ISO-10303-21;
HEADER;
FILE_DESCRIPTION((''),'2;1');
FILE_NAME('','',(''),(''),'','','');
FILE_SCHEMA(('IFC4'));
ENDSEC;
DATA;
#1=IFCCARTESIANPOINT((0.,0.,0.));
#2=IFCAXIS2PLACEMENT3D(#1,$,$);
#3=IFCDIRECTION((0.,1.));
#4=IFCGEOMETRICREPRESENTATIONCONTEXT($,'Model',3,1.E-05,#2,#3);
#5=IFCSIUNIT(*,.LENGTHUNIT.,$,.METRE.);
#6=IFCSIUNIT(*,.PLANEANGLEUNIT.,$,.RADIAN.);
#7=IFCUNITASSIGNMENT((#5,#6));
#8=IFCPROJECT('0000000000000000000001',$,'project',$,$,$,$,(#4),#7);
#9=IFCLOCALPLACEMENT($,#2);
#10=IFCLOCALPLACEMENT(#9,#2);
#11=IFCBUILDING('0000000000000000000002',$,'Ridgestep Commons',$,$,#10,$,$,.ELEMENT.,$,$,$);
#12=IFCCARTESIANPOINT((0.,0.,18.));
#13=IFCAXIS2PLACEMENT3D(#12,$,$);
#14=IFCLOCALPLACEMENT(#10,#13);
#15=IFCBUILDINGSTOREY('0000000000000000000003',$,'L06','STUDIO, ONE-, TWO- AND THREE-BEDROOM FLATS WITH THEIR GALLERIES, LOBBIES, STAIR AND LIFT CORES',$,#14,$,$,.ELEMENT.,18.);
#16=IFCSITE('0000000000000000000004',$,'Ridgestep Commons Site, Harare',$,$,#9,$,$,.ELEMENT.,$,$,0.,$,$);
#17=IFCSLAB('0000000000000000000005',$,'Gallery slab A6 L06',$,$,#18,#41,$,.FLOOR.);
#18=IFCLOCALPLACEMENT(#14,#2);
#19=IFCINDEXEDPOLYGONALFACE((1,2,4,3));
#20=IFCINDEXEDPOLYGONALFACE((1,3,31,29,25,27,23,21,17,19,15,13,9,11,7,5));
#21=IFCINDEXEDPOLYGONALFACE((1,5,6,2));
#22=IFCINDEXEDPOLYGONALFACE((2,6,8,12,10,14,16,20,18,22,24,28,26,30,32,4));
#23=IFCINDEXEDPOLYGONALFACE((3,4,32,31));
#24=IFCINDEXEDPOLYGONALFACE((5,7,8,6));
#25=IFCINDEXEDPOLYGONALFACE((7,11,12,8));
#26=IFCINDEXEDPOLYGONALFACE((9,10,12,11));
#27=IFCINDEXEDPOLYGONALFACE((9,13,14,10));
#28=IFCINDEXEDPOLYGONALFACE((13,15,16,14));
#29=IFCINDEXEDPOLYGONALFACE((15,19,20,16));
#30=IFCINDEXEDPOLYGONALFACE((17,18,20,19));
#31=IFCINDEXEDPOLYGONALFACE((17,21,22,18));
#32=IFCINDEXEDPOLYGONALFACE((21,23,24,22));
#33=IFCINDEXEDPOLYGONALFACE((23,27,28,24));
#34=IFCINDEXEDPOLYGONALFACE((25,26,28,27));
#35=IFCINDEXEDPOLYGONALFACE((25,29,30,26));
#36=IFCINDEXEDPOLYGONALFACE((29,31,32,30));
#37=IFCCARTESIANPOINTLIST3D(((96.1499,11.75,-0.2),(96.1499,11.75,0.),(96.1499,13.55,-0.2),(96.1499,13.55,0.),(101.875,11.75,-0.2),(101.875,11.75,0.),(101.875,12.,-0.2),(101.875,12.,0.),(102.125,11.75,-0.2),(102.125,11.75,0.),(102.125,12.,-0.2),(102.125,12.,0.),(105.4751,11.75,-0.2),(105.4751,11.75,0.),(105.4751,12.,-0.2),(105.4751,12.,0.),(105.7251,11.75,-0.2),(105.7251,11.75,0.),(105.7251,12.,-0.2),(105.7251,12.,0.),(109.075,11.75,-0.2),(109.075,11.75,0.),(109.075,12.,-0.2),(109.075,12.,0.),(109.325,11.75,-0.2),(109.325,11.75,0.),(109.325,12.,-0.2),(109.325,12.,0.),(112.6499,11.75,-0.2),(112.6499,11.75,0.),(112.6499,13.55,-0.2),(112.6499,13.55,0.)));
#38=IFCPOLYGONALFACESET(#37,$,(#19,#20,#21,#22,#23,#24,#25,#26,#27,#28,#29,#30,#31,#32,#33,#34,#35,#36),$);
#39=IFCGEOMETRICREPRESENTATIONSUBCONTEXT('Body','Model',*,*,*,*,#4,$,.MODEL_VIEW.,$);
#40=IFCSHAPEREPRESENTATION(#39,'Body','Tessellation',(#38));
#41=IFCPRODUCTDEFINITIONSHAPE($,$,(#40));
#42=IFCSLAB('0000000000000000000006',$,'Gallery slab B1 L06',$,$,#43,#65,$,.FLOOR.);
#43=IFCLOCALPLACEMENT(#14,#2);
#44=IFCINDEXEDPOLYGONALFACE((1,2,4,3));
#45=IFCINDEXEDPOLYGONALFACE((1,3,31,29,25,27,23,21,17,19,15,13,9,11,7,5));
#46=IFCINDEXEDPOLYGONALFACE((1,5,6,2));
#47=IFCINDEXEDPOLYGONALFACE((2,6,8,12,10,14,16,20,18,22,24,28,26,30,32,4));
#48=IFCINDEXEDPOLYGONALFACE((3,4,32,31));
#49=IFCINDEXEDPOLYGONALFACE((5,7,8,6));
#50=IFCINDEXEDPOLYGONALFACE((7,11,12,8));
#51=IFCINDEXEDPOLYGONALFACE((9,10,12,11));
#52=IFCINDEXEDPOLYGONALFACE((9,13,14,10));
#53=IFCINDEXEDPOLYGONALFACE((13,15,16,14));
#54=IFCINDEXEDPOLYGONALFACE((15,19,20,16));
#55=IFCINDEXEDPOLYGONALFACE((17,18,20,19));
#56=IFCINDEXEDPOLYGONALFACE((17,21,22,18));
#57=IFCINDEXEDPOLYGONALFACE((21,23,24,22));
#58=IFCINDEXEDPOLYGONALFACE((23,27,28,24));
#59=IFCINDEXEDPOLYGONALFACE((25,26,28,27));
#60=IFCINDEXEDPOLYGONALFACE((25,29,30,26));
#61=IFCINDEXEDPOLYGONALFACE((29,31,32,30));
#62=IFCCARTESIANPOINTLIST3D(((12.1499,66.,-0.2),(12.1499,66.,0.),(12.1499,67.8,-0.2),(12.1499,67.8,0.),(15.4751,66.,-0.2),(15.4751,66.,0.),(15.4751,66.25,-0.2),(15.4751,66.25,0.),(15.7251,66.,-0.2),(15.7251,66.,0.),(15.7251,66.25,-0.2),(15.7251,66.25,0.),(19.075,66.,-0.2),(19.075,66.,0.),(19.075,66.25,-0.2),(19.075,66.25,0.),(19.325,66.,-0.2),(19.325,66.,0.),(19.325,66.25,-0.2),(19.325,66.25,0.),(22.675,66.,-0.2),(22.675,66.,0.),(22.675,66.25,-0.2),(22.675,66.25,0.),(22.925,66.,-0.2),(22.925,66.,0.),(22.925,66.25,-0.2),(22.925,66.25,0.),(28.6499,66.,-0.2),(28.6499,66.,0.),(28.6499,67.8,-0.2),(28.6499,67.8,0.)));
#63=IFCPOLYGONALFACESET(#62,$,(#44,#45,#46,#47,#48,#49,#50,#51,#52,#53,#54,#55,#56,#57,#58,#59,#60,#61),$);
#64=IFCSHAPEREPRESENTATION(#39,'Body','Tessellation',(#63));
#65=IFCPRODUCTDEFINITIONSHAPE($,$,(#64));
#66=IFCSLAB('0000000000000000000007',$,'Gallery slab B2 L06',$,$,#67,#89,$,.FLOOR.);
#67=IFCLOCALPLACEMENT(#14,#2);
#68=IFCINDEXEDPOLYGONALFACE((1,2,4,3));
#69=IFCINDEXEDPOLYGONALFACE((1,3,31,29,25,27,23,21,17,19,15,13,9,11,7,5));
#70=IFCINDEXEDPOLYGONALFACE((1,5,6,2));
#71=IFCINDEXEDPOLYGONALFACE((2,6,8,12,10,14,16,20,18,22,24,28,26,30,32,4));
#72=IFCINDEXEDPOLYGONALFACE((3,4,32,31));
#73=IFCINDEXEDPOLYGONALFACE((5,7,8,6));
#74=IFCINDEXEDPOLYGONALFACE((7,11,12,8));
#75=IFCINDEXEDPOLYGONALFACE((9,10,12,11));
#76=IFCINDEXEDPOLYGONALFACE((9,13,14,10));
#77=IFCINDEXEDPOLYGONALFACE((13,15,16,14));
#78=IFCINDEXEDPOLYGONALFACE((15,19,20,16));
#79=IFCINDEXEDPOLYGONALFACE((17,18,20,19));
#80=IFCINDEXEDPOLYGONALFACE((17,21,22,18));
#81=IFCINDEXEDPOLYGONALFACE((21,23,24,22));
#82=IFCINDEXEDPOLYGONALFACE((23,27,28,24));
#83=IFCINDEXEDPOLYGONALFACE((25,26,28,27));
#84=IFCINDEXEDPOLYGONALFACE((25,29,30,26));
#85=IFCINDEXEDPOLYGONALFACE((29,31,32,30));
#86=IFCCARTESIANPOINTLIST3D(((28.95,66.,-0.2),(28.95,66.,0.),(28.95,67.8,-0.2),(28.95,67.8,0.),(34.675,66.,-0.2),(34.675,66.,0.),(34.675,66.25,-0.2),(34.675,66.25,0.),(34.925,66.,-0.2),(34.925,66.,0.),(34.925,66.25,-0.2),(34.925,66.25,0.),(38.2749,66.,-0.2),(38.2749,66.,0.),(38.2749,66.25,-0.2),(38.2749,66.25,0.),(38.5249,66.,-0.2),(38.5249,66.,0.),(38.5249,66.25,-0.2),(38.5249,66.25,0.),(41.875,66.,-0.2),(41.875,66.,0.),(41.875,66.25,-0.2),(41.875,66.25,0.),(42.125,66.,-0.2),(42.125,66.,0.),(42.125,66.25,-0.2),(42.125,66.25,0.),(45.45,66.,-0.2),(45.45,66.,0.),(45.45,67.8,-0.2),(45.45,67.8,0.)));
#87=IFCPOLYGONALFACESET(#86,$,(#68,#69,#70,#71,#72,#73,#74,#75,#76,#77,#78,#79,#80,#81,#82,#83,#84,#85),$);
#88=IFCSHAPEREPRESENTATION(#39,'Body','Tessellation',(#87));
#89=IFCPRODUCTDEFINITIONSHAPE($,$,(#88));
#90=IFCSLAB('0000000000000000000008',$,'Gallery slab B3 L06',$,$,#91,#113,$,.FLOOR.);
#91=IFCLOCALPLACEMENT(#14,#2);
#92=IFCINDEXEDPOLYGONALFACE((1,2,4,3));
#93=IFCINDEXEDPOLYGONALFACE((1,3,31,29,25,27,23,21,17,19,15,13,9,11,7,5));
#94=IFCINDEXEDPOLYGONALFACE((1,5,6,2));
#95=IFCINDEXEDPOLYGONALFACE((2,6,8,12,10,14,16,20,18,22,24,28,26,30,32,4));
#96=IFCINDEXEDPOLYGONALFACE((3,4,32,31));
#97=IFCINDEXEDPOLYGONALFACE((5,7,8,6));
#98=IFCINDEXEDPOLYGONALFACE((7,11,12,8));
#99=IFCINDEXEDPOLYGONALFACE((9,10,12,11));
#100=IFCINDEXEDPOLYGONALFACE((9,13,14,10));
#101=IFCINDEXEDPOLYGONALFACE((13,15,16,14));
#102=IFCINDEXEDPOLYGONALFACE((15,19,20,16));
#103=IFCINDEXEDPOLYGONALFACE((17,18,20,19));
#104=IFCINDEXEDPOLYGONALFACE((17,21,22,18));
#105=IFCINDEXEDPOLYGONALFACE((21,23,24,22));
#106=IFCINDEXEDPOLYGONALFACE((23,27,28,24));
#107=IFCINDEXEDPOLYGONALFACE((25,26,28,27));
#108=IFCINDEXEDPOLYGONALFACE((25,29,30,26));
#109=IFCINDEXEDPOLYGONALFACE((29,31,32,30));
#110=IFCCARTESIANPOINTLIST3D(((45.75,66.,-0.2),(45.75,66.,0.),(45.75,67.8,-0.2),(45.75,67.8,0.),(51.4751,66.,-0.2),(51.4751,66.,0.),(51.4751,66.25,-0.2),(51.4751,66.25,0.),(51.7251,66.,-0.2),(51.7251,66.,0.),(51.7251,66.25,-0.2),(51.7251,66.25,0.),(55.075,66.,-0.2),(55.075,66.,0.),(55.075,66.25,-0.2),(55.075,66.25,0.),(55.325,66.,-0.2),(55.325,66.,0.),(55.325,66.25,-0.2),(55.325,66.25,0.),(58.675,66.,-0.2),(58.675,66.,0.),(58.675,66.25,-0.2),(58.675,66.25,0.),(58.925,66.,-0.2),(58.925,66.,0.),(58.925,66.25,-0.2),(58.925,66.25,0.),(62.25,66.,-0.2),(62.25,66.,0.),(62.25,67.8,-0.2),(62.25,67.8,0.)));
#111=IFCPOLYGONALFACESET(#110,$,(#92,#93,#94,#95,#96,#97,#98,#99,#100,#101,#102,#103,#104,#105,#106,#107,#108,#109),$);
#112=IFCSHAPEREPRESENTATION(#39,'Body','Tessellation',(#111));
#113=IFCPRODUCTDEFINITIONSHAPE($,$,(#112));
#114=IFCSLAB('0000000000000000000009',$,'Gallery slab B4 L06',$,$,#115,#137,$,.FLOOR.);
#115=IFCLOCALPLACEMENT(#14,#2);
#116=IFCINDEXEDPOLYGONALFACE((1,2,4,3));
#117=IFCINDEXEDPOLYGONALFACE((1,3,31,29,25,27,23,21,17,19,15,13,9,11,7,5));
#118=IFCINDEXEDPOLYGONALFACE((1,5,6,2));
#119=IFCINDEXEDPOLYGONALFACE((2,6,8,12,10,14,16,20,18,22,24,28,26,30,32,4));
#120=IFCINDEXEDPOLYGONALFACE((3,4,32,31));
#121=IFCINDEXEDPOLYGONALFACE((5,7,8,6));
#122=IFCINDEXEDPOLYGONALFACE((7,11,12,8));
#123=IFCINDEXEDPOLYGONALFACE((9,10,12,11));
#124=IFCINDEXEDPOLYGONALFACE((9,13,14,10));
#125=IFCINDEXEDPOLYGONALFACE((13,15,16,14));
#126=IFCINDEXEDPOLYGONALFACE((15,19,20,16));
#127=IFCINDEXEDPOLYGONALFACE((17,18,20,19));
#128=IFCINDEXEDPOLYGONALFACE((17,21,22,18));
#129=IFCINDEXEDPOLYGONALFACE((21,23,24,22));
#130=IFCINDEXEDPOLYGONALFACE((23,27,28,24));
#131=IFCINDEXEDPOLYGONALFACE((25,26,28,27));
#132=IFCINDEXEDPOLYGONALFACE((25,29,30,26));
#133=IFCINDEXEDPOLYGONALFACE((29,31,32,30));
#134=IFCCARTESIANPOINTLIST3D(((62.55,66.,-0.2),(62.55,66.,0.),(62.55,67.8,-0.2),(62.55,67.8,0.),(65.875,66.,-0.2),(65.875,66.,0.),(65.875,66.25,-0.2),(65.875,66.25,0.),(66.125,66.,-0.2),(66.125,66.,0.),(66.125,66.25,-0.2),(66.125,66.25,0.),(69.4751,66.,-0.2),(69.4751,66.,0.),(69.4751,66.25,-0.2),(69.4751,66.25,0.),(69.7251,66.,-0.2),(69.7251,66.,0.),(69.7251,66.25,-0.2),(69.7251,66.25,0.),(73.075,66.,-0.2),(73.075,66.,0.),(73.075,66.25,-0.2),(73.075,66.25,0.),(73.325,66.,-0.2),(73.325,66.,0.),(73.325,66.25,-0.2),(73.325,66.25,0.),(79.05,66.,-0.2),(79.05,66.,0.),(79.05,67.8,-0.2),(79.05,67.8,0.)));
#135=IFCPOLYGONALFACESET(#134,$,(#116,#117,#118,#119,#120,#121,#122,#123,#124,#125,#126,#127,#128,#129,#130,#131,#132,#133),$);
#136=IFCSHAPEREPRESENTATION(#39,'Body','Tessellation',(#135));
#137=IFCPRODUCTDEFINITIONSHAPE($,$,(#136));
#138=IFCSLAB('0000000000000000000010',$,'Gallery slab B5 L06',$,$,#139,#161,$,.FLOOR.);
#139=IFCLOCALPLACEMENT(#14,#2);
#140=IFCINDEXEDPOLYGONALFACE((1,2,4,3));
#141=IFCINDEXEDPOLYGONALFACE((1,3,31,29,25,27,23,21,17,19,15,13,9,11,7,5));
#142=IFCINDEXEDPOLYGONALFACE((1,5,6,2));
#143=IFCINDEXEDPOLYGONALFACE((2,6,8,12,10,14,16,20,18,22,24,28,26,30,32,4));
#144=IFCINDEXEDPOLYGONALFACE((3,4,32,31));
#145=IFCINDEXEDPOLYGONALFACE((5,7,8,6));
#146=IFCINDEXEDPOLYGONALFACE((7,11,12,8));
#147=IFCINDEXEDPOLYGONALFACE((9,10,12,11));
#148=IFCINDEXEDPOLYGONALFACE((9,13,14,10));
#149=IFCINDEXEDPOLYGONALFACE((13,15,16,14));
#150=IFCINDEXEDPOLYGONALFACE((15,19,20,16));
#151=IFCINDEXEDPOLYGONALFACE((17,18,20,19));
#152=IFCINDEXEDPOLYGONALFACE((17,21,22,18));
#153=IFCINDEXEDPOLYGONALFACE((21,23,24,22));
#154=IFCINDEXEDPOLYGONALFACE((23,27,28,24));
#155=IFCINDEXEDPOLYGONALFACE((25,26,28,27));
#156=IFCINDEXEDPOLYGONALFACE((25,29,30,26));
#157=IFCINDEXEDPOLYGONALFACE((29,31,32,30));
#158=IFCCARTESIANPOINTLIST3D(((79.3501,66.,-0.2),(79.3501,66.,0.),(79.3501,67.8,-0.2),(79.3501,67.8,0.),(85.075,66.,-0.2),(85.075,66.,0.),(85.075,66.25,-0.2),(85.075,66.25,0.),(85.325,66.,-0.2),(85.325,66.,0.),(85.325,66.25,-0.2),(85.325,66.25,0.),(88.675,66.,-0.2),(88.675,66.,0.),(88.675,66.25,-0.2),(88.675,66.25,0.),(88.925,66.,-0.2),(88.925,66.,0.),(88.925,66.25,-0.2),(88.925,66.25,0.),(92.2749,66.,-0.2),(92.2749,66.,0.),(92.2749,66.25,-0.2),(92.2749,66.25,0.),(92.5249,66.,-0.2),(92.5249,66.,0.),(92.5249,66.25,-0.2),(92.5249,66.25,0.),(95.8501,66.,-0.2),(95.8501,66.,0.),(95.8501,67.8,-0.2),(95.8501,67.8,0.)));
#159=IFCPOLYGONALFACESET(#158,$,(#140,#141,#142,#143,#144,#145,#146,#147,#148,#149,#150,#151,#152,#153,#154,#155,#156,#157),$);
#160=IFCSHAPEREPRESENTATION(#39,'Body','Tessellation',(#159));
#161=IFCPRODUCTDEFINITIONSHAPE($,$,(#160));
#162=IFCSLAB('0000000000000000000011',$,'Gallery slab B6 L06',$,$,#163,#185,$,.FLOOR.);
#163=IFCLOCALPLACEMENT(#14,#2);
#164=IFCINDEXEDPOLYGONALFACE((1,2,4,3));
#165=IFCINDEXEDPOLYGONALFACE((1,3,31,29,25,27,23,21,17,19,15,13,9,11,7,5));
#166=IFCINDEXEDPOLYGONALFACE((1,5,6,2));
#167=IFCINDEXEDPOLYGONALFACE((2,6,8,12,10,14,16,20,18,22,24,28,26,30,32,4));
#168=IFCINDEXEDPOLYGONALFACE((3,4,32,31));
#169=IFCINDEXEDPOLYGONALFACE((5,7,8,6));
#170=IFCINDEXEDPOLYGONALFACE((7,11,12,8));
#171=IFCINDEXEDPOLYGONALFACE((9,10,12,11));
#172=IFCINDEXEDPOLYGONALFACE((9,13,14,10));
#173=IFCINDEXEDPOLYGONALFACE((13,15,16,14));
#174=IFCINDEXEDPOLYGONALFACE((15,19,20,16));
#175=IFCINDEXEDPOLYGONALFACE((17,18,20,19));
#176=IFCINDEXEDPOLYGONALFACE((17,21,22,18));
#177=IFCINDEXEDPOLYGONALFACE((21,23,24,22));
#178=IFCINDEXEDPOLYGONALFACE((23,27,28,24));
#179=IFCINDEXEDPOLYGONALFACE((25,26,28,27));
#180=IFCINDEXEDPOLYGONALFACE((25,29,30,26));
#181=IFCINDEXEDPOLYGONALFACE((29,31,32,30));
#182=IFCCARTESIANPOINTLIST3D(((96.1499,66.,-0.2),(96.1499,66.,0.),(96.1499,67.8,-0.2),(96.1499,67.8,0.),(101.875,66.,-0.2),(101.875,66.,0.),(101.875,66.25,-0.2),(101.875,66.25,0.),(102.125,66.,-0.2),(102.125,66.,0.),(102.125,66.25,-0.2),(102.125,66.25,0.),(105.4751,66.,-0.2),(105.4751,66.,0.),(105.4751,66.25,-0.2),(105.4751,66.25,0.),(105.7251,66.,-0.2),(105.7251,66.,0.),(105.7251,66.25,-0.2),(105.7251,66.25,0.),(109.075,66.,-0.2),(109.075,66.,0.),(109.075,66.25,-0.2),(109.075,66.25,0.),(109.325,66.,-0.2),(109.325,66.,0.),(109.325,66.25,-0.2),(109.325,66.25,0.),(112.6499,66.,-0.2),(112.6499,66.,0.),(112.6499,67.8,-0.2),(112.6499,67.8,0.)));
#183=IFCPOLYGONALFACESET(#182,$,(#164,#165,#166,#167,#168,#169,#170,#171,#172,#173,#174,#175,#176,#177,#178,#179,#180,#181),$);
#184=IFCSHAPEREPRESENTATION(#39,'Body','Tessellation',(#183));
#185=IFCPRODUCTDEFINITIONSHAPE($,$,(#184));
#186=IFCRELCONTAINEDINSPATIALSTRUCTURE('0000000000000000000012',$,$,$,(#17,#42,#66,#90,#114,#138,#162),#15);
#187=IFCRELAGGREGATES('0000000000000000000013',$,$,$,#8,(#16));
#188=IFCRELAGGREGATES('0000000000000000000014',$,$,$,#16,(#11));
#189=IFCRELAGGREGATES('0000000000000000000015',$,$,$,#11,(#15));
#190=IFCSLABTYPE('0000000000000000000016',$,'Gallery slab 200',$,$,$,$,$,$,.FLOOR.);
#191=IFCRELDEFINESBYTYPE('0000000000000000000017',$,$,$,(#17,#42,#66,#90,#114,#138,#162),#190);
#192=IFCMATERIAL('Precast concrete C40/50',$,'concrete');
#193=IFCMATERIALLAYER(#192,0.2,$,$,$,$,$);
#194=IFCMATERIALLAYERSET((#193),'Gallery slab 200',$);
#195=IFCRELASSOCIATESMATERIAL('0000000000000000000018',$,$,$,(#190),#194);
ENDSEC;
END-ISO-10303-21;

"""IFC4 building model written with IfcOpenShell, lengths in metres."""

from ifc_helpers import new_model, si_unit, direction, frame, origin, place, context, subcontext, project, spatial, polyline, outline, extrude, material, layer, layer_set, type_object, element, save


model = new_model("IFC4")

# Units and contexts
model_context = context("Model", 3, precision=1e-05, world=origin(), true_north=direction((0.0, 1.0)))
body_context = subcontext(model_context, "Body", "Model", "MODEL_VIEW")
ifc_project = project(units=[si_unit("LENGTHUNIT", "METRE"), si_unit("PLANEANGLEUNIT", "RADIAN")], contexts=[model_context])

# Site, building, storey
site_placement = place(None, origin())
site = spatial("IfcSite", under=ifc_project, at=site_placement, Name="Ridgestep Commons Site, Harare", CompositionType="ELEMENT", RefElevation=0.0)
building_placement = place(site_placement, origin())
building = spatial("IfcBuilding", under=site, at=building_placement, Name="Ridgestep Commons", CompositionType="ELEMENT")
storey_placement = place(building_placement, frame((0.0, 0.0, 18.0)))
storey = spatial("IfcBuildingStorey", under=building, at=storey_placement, Name="L06", Description="STUDIO, ONE-, TWO- AND THREE-BEDROOM FLATS WITH THEIR GALLERIES, LOBBIES, STAIR AND LIFT CORES", CompositionType="ELEMENT", Elevation=18.0)

# Slabs
ifc_material_1 = material(Name="Precast concrete C40/50", Category="concrete")
ifc_layer_1 = layer(ifc_material_1, 0.2)
ifc_layer_set_1 = layer_set([ifc_layer_1], Name="Gallery slab 200")
slab_type_1 = type_object("IfcSlabType", Name="Gallery slab 200", PredefinedType="FLOOR", material=ifc_layer_set_1)
slab_1_placement = place(storey_placement, frame((0.0, 0.0, -0.2)))
element("IfcSlab", 1, at=slab_1_placement, inside=storey, type_object=slab_type_1, Name="Gallery slab A6 L06", PredefinedType="FLOOR", context=body_context, shape_type="SweptSolid", body=[
    extrude(outline(polyline([(112.6499, 13.55), (96.1499, 13.55), (96.1499, 11.75), (101.875, 11.75), (101.875, 12.0), (102.125, 12.0), (102.125, 11.75), (105.4751, 11.75), (105.4751, 12.0), (105.7251, 12.0), (105.7251, 11.75), (109.075, 11.75), (109.075, 12.0), (109.325, 12.0), (109.325, 11.75), (112.6499, 11.75), (112.6499, 13.55)])), origin(), (0.0, 0.0, 1.0), 0.2),
])
slab_2_placement = place(storey_placement, frame((0.0, 0.0, -0.2)))
element("IfcSlab", 2, at=slab_2_placement, inside=storey, type_object=slab_type_1, Name="Gallery slab B1 L06", PredefinedType="FLOOR", context=body_context, shape_type="SweptSolid", body=[
    extrude(outline(polyline([(28.6499, 67.8), (12.1499, 67.8), (12.1499, 66.0), (15.4751, 66.0), (15.4751, 66.25), (15.7251, 66.25), (15.7251, 66.0), (19.075, 66.0), (19.075, 66.25), (19.325, 66.25), (19.325, 66.0), (22.675, 66.0), (22.675, 66.25), (22.925, 66.25), (22.925, 66.0), (28.6499, 66.0), (28.6499, 67.8)])), origin(), (0.0, 0.0, 1.0), 0.2),
])
slab_3_placement = place(storey_placement, frame((0.0, 0.0, -0.2)))
element("IfcSlab", 3, at=slab_3_placement, inside=storey, type_object=slab_type_1, Name="Gallery slab B2 L06", PredefinedType="FLOOR", context=body_context, shape_type="SweptSolid", body=[
    extrude(outline(polyline([(45.45, 67.8), (28.95, 67.8), (28.95, 66.0), (34.675, 66.0), (34.675, 66.25), (34.925, 66.25), (34.925, 66.0), (38.2749, 66.0), (38.2749, 66.25), (38.5249, 66.25), (38.5249, 66.0), (41.875, 66.0), (41.875, 66.25), (42.125, 66.25), (42.125, 66.0), (45.45, 66.0), (45.45, 67.8)])), origin(), (0.0, 0.0, 1.0), 0.2),
])
slab_4_placement = place(storey_placement, frame((0.0, 0.0, -0.2)))
element("IfcSlab", 4, at=slab_4_placement, inside=storey, type_object=slab_type_1, Name="Gallery slab B3 L06", PredefinedType="FLOOR", context=body_context, shape_type="SweptSolid", body=[
    extrude(outline(polyline([(62.25, 67.8), (45.75, 67.8), (45.75, 66.0), (51.4751, 66.0), (51.4751, 66.25), (51.7251, 66.25), (51.7251, 66.0), (55.075, 66.0), (55.075, 66.25), (55.325, 66.25), (55.325, 66.0), (58.675, 66.0), (58.675, 66.25), (58.925, 66.25), (58.925, 66.0), (62.25, 66.0), (62.25, 67.8)])), origin(), (0.0, 0.0, 1.0), 0.2),
])
slab_5_placement = place(storey_placement, frame((0.0, 0.0, -0.2)))
element("IfcSlab", 5, at=slab_5_placement, inside=storey, type_object=slab_type_1, Name="Gallery slab B4 L06", PredefinedType="FLOOR", context=body_context, shape_type="SweptSolid", body=[
    extrude(outline(polyline([(79.05, 67.8), (62.55, 67.8), (62.55, 66.0), (65.875, 66.0), (65.875, 66.25), (66.125, 66.25), (66.125, 66.0), (69.4751, 66.0), (69.4751, 66.25), (69.7251, 66.25), (69.7251, 66.0), (73.075, 66.0), (73.075, 66.25), (73.325, 66.25), (73.325, 66.0), (79.05, 66.0), (79.05, 67.8)])), origin(), (0.0, 0.0, 1.0), 0.2),
])
slab_6_placement = place(storey_placement, frame((0.0, 0.0, -0.2)))
element("IfcSlab", 6, at=slab_6_placement, inside=storey, type_object=slab_type_1, Name="Gallery slab B5 L06", PredefinedType="FLOOR", context=body_context, shape_type="SweptSolid", body=[
    extrude(outline(polyline([(95.8501, 67.8), (79.3501, 67.8), (79.3501, 66.0), (85.075, 66.0), (85.075, 66.25), (85.325, 66.25), (85.325, 66.0), (88.675, 66.0), (88.675, 66.25), (88.925, 66.25), (88.925, 66.0), (92.2749, 66.0), (92.2749, 66.25), (92.5249, 66.25), (92.5249, 66.0), (95.8501, 66.0), (95.8501, 67.8)])), origin(), (0.0, 0.0, 1.0), 0.2),
])
slab_7_placement = place(storey_placement, frame((0.0, 0.0, -0.2)))
element("IfcSlab", 7, at=slab_7_placement, inside=storey, type_object=slab_type_1, Name="Gallery slab B6 L06", PredefinedType="FLOOR", context=body_context, shape_type="SweptSolid", body=[
    extrude(outline(polyline([(112.6499, 67.8), (96.1499, 67.8), (96.1499, 66.0), (101.875, 66.0), (101.875, 66.25), (102.125, 66.25), (102.125, 66.0), (105.4751, 66.0), (105.4751, 66.25), (105.7251, 66.25), (105.7251, 66.0), (109.075, 66.0), (109.075, 66.25), (109.325, 66.25), (109.325, 66.0), (112.6499, 66.0), (112.6499, 67.8)])), origin(), (0.0, 0.0, 1.0), 0.2),
])

save(model, "model.ifc")
